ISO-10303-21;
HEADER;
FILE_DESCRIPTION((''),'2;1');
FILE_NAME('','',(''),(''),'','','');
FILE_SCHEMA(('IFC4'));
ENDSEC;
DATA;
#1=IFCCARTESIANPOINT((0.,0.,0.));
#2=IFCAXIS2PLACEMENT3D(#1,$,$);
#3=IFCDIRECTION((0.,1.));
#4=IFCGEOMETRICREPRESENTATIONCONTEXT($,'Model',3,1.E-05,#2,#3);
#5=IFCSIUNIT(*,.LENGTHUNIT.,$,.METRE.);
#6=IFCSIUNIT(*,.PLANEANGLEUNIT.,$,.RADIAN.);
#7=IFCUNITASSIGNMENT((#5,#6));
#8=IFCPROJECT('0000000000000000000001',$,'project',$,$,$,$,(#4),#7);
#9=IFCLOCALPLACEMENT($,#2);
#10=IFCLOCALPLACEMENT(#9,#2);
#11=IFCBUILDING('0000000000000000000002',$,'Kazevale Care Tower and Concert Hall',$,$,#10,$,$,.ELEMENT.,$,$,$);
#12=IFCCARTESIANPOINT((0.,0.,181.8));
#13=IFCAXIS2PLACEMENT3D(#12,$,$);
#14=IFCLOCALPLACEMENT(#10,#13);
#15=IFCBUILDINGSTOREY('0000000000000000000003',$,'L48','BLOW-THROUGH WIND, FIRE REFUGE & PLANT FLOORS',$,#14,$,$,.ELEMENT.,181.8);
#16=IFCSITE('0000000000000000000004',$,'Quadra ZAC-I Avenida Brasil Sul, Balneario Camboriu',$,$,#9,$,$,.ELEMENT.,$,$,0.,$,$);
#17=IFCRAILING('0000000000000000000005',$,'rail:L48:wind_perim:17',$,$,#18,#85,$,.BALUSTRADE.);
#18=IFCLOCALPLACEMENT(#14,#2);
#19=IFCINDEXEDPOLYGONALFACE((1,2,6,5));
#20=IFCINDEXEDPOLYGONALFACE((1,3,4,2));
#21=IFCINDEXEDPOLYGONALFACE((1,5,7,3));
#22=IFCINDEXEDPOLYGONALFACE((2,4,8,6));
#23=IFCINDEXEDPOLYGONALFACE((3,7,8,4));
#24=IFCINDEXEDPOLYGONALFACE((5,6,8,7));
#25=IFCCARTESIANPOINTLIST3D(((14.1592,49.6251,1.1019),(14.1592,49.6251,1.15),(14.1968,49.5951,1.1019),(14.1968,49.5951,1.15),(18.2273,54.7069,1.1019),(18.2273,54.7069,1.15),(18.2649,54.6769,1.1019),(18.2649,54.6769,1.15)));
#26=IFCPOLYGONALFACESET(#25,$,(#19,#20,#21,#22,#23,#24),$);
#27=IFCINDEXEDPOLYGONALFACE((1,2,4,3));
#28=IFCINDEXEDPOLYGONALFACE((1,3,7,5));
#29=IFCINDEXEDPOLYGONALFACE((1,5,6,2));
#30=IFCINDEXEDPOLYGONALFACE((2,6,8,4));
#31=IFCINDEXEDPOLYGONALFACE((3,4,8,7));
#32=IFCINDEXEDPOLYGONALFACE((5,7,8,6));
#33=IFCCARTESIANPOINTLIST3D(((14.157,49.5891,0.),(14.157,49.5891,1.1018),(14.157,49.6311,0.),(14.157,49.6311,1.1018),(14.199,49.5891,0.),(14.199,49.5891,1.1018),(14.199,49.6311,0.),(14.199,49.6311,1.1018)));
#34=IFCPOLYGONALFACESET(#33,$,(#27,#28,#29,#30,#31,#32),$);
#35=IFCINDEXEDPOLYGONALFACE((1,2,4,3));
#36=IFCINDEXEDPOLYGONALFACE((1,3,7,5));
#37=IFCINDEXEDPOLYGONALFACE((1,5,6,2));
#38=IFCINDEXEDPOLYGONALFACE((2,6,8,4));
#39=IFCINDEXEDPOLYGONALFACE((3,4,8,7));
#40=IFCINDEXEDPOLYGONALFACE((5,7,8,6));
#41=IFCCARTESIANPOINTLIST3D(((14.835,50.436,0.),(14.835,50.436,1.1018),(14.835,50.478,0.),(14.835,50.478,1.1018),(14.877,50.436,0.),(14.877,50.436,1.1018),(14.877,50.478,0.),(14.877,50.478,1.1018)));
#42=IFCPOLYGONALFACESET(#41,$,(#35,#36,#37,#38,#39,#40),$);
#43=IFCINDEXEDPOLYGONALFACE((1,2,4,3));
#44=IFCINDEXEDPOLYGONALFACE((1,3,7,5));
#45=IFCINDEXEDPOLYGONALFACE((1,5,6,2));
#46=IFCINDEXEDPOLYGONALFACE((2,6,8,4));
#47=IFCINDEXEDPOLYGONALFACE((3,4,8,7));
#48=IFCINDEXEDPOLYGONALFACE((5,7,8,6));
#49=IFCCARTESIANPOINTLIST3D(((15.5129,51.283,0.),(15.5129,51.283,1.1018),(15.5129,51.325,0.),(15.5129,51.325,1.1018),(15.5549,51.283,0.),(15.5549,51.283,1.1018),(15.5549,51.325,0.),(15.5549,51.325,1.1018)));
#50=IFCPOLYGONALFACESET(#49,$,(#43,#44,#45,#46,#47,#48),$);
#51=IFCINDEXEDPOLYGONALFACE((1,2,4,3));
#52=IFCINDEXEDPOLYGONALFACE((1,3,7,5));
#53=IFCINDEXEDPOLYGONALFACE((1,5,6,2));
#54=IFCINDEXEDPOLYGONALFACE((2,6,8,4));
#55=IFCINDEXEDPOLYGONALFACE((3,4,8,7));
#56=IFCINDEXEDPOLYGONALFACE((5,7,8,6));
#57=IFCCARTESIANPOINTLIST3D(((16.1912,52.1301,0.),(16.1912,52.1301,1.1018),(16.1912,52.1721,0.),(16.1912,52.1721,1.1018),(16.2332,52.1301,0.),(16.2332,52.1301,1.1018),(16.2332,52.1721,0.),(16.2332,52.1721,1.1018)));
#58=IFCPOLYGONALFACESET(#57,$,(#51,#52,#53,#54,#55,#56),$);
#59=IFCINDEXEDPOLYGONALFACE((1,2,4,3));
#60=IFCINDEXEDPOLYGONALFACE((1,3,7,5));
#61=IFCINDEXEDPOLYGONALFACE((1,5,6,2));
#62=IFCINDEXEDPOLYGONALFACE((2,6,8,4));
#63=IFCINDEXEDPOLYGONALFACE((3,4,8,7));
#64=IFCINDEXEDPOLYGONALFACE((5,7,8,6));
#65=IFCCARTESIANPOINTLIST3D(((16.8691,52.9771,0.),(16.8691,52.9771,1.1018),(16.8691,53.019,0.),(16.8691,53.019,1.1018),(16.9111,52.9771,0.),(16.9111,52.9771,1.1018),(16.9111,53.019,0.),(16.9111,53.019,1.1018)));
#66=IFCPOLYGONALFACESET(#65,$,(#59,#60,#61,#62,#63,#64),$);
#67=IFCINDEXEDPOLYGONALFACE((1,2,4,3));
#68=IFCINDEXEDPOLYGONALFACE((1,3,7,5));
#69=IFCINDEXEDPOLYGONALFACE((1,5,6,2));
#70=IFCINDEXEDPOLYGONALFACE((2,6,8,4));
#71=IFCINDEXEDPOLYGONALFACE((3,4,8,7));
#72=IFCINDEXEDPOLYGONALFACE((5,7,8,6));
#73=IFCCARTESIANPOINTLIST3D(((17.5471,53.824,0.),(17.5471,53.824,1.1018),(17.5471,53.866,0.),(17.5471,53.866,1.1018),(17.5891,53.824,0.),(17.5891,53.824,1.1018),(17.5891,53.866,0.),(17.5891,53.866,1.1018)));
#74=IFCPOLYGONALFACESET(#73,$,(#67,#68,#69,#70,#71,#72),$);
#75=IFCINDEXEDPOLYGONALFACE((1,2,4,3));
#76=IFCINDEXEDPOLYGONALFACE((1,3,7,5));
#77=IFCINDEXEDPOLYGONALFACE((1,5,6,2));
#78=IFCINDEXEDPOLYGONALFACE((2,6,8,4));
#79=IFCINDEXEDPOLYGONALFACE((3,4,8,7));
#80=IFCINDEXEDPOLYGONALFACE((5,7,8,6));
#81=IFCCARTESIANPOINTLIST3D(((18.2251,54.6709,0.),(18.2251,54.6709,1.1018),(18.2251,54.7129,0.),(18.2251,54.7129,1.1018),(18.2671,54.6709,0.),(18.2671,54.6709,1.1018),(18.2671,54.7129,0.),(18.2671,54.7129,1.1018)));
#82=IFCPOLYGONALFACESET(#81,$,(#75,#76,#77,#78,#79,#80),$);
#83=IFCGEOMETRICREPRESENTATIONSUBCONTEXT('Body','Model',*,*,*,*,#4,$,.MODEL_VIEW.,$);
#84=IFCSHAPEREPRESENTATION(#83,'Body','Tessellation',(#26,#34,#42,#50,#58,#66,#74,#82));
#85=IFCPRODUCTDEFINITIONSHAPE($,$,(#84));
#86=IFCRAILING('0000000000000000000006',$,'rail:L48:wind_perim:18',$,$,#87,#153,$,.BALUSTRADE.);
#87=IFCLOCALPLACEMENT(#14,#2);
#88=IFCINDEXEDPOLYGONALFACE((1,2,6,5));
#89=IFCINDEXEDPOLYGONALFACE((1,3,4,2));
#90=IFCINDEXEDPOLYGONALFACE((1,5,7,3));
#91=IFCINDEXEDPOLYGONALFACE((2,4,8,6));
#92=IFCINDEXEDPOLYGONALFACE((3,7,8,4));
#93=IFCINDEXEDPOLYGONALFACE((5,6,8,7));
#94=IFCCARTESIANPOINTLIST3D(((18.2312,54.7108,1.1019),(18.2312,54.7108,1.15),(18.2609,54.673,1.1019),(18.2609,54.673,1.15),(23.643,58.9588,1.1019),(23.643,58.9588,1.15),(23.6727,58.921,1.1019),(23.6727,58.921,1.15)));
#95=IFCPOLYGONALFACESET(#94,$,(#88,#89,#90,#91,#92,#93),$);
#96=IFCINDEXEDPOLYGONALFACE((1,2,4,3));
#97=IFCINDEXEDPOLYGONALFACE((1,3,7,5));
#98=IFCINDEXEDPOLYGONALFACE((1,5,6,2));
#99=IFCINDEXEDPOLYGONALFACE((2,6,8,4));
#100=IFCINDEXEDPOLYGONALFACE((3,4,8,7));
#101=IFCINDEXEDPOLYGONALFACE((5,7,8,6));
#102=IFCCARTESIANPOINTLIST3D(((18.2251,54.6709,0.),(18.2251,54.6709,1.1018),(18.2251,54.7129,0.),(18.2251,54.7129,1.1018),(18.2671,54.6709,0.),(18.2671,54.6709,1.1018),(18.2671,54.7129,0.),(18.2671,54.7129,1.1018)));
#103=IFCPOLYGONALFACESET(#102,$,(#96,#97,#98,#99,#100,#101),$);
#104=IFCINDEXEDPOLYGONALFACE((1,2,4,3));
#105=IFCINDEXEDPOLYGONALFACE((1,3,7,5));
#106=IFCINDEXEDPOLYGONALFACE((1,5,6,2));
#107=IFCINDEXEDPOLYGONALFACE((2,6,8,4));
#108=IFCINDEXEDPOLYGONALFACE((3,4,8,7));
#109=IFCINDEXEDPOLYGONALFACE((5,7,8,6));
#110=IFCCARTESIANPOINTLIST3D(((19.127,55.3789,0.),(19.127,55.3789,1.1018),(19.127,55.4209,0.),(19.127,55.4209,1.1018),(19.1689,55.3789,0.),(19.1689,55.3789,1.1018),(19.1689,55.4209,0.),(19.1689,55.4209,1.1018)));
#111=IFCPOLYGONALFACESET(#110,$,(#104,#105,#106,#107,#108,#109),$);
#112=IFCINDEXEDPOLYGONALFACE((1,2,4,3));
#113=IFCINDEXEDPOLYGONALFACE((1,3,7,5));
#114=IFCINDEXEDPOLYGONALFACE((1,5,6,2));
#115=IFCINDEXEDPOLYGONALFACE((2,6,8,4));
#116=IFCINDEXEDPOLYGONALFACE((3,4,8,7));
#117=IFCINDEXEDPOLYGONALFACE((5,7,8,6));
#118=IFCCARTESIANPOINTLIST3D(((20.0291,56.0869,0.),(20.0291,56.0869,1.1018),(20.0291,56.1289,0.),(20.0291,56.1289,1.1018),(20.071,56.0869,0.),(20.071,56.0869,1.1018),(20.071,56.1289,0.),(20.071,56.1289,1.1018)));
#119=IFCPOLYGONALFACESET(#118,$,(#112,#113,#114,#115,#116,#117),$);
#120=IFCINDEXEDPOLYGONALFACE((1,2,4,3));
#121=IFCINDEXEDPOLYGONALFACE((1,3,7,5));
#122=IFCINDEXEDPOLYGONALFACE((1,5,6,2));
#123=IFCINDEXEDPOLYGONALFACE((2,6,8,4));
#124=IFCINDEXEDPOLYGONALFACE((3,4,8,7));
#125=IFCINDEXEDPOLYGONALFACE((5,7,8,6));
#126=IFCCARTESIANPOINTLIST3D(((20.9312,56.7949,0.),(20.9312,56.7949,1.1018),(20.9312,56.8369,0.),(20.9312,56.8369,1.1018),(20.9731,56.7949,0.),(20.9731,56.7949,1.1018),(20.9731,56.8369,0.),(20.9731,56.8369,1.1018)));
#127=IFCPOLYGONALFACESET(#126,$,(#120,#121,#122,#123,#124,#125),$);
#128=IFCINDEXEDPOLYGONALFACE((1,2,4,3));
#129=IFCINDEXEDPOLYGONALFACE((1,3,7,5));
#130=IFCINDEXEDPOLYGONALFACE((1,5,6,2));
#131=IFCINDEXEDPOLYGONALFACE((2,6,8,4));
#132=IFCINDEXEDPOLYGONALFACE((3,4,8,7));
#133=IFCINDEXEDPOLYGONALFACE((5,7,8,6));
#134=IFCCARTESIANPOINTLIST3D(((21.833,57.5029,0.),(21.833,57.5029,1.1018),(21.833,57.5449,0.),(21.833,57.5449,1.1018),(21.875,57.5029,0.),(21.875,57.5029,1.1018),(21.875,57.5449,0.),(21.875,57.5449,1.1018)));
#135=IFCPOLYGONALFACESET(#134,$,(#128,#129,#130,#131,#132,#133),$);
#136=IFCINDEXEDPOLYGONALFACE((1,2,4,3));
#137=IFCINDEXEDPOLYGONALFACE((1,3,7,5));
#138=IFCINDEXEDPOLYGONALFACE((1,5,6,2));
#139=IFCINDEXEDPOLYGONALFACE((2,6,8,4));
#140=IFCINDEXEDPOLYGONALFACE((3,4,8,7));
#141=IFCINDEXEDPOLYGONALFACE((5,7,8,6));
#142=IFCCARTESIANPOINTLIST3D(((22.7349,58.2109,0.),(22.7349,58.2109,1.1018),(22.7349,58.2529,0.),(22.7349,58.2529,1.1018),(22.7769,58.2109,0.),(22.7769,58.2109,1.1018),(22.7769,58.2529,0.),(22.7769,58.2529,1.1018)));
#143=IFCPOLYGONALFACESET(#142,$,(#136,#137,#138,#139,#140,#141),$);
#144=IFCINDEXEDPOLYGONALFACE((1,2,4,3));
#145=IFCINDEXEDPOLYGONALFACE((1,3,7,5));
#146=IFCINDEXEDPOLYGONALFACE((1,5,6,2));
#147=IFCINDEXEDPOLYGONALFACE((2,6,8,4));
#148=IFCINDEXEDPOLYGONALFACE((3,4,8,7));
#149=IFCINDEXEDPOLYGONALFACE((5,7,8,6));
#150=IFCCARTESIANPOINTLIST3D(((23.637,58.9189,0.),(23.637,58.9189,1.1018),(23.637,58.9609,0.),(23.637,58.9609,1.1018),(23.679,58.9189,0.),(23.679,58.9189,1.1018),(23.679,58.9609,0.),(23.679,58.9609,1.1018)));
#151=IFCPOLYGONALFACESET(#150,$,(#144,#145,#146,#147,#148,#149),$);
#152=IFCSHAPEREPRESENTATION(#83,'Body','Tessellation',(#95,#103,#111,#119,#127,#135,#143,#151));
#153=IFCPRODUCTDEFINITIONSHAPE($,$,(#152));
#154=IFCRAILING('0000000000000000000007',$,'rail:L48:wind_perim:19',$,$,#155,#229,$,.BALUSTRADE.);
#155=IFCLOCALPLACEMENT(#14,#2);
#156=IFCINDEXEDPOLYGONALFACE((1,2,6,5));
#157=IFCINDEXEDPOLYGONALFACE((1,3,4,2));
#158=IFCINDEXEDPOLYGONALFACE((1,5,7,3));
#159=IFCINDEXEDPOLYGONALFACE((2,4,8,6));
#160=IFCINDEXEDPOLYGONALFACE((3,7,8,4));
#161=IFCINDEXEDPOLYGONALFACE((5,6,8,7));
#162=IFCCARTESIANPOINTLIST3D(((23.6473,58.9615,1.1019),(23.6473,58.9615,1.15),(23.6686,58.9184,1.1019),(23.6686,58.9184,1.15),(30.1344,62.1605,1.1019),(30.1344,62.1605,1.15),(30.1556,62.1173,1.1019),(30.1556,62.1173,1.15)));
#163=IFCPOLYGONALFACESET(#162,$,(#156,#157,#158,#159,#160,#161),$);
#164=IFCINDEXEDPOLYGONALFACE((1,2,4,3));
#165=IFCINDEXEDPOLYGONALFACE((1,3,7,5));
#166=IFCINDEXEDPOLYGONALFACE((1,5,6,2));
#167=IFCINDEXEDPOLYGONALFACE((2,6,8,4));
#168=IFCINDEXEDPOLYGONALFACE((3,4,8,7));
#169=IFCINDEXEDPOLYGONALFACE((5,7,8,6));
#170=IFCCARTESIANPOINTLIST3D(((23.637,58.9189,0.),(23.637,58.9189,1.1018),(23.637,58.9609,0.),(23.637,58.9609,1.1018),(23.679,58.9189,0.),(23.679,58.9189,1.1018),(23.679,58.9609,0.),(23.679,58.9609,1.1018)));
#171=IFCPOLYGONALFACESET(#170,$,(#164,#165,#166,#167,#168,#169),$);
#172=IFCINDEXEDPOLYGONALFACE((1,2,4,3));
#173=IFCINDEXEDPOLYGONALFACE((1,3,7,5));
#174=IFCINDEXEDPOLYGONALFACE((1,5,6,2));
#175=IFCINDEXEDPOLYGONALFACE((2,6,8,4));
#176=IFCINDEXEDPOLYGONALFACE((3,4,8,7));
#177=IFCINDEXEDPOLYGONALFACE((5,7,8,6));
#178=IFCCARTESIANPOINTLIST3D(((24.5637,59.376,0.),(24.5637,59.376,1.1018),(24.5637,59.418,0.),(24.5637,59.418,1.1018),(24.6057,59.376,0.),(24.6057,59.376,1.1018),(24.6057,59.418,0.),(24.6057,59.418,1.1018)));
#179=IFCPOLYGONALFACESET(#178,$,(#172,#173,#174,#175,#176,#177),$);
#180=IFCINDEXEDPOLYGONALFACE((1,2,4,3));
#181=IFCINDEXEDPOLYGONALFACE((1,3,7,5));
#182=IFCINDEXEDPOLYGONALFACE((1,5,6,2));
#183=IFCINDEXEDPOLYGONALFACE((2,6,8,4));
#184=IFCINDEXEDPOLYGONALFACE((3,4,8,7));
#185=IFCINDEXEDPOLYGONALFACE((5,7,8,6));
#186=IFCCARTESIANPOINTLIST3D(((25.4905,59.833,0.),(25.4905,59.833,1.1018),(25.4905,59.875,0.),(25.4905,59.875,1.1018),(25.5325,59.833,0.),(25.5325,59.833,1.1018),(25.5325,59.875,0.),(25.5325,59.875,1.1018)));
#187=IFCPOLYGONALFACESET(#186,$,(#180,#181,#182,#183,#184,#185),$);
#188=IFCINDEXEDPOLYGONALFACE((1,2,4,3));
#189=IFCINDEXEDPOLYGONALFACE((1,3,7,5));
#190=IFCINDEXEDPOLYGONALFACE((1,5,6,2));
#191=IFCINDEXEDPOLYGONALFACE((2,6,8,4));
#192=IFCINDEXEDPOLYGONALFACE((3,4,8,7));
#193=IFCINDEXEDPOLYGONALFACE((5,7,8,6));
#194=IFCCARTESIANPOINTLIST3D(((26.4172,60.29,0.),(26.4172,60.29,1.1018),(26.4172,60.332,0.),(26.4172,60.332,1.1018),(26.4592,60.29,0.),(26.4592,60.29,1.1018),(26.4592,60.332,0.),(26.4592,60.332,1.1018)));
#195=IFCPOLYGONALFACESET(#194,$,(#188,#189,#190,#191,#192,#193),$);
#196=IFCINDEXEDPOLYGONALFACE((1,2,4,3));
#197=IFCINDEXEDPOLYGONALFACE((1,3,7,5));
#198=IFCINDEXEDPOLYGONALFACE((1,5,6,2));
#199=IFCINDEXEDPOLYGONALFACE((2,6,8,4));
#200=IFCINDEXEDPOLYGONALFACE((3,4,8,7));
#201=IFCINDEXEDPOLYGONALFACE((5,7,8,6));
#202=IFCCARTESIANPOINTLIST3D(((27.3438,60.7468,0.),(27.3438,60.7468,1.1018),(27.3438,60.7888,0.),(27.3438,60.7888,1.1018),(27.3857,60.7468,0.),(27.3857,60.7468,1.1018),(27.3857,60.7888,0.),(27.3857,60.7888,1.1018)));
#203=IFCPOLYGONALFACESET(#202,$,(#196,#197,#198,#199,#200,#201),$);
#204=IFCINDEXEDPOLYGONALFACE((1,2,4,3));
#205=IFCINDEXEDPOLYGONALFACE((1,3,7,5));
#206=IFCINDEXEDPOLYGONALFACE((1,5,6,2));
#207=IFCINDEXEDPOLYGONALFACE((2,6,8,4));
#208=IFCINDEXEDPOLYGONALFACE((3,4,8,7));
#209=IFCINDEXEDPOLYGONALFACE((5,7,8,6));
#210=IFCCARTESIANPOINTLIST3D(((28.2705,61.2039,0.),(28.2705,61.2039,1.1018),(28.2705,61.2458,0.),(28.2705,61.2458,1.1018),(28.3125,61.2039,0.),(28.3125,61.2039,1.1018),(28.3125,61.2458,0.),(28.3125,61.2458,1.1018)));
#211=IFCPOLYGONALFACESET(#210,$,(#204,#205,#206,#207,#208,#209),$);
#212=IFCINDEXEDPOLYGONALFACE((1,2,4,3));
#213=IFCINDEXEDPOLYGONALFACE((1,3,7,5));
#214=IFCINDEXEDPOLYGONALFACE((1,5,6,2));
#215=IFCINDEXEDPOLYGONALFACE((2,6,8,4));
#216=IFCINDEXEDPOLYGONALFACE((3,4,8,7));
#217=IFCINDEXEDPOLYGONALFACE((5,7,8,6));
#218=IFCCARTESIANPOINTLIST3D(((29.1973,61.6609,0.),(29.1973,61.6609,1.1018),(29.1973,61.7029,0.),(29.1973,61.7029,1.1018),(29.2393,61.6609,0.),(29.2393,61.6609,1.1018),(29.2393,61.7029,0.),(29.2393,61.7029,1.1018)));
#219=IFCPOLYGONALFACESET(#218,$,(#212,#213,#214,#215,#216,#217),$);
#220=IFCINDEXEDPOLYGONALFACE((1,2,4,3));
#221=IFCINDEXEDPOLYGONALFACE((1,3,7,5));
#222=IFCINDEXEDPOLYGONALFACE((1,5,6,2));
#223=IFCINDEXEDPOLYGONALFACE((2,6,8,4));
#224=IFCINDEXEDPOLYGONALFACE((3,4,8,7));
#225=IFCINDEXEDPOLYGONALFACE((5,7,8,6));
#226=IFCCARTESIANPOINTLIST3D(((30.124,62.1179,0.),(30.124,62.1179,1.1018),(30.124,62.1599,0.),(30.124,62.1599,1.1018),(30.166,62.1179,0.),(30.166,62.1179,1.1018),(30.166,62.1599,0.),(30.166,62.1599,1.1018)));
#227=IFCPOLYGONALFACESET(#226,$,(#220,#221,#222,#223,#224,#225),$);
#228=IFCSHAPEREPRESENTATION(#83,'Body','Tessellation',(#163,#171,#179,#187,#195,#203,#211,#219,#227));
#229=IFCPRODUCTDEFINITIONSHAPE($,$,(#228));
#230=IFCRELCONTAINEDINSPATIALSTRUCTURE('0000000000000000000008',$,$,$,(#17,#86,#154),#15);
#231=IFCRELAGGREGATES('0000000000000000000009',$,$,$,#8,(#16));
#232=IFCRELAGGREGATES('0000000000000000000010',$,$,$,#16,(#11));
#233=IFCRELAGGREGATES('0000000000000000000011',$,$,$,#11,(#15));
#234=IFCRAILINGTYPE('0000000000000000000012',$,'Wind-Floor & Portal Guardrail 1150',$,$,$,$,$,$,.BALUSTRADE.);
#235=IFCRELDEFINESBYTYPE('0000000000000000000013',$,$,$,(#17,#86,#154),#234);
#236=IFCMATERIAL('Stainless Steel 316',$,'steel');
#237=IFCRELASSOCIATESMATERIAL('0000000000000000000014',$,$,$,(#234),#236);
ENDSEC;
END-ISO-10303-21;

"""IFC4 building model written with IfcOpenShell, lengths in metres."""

from ifc_helpers import new_model, si_unit, direction, frame, origin, origin_2d, place, context, subcontext, project, spatial, rectangle, extrude, material, type_object, element, save


model = new_model("IFC4")

# Units and contexts
model_context = context("Model", 3, precision=1e-05, world=origin(), true_north=direction((0.0, 1.0)))
body_context = subcontext(model_context, "Body", "Model", "MODEL_VIEW")
ifc_project = project(units=[si_unit("LENGTHUNIT", "METRE"), si_unit("PLANEANGLEUNIT", "RADIAN")], contexts=[model_context])

# Site, building, storey
site_placement = place(None, origin())
site = spatial("IfcSite", under=ifc_project, at=site_placement, Name="Quadra ZAC-I Avenida Brasil Sul, Balneario Camboriu", CompositionType="ELEMENT", RefElevation=0.0)
building_placement = place(site_placement, origin())
building = spatial("IfcBuilding", under=site, at=building_placement, Name="Kazevale Care Tower and Concert Hall", CompositionType="ELEMENT")
storey_placement = place(building_placement, frame((0.0, 0.0, 181.8)))
storey = spatial("IfcBuildingStorey", under=building, at=storey_placement, Name="L48", Description="BLOW-THROUGH WIND, FIRE REFUGE & PLANT FLOORS", CompositionType="ELEMENT", Elevation=181.8)

# Railings
ifc_material_1 = material(Name="Stainless Steel 316", Category="steel")
railing_type = type_object("IfcRailingType", Name="Wind-Floor & Portal Guardrail 1150", PredefinedType="BALUSTRADE", material=ifc_material_1)
railing_1_placement = place(storey_placement, frame((14.178, 49.6101, 0.0)))
element("IfcRailing", 1, at=railing_1_placement, inside=storey, type_object=railing_type, Name="rail:L48:wind_perim:17", PredefinedType="BALUSTRADE", context=body_context, shape_type="SweptSolid", body=[
    extrude(rectangle(XDim=0.0481, YDim=0.0481, at=origin_2d()), frame((0.0, 0.0, 1.126), z_axis=(0.624947, 0.780668, 0.0), x_axis=(-0.780668, 0.624947, 0.0)), (0.0, 0.0, 1.0), 6.5095),
    extrude(rectangle(XDim=0.042, YDim=0.042, at=origin_2d()), origin(), (0.0, 0.0, 1.0), 1.1018),
    extrude(rectangle(XDim=0.042, YDim=0.042, at=origin_2d()), frame((0.678, 0.8469, 0.0)), (0.0, 0.0, 1.0), 1.1018),
    extrude(rectangle(XDim=0.042, YDim=0.042, at=origin_2d()), frame((1.356, 1.6938, 0.0)), (0.0, 0.0, 1.0), 1.1018),
    extrude(rectangle(XDim=0.042, YDim=0.042, at=origin_2d()), frame((2.0342, 2.541, 0.0)), (0.0, 0.0, 1.0), 1.1018),
    extrude(rectangle(XDim=0.042, YDim=0.042, at=origin_2d()), frame((2.7122, 3.3879, 0.0)), (0.0, 0.0, 1.0), 1.1018),
    extrude(rectangle(XDim=0.042, YDim=0.042, at=origin_2d()), frame((3.3901, 4.2349, 0.0)), (0.0, 0.0, 1.0), 1.1018),
    extrude(rectangle(XDim=0.042, YDim=0.042, at=origin_2d()), frame((4.0681, 5.0818, 0.0)), (0.0, 0.0, 1.0), 1.1018),
])
railing_2_placement = place(storey_placement, frame((18.2461, 54.6919, 0.0)))
element("IfcRailing", 2, at=railing_2_placement, inside=storey, type_object=railing_type, Name="rail:L48:wind_perim:18", PredefinedType="BALUSTRADE", context=body_context, shape_type="SweptSolid", body=[
    extrude(rectangle(XDim=0.0481, YDim=0.0481, at=origin_2d()), frame((0.0, 0.0, 1.126), z_axis=(0.78661, 0.61745, 0.0), x_axis=(-0.61745, 0.78661, 0.0)), (0.0, 0.0, 1.0), 6.8799),
    extrude(rectangle(XDim=0.042, YDim=0.042, at=origin_2d()), origin(), (0.0, 0.0, 1.0), 1.1018),
    extrude(rectangle(XDim=0.042, YDim=0.042, at=origin_2d()), frame((0.9019, 0.708, 0.0)), (0.0, 0.0, 1.0), 1.1018),
    extrude(rectangle(XDim=0.042, YDim=0.042, at=origin_2d()), frame((1.804, 1.416, 0.0)), (0.0, 0.0, 1.0), 1.1018),
    extrude(rectangle(XDim=0.042, YDim=0.042, at=origin_2d()), frame((2.7061, 2.124, 0.0)), (0.0, 0.0, 1.0), 1.1018),
    extrude(rectangle(XDim=0.042, YDim=0.042, at=origin_2d()), frame((3.6079, 2.832, 0.0)), (0.0, 0.0, 1.0), 1.1018),
    extrude(rectangle(XDim=0.042, YDim=0.042, at=origin_2d()), frame((4.5098, 3.54, 0.0)), (0.0, 0.0, 1.0), 1.1018),
    extrude(rectangle(XDim=0.042, YDim=0.042, at=origin_2d()), frame((5.4119, 4.248, 0.0)), (0.0, 0.0, 1.0), 1.1018),
])
railing_3_placement = place(storey_placement, frame((23.658, 58.9399, 0.0)))
element("IfcRailing", 3, at=railing_3_placement, inside=storey, type_object=railing_type, Name="rail:L48:wind_perim:19", PredefinedType="BALUSTRADE", context=body_context, shape_type="SweptSolid", body=[
    extrude(rectangle(XDim=0.0481, YDim=0.0481, at=origin_2d()), frame((0.0, 0.0, 1.126), z_axis=(0.896878, 0.442279, 0.0), x_axis=(-0.442279, 0.896878, 0.0)), (0.0, 0.0, 1.0), 7.2329),
    extrude(rectangle(XDim=0.042, YDim=0.042, at=origin_2d()), origin(), (0.0, 0.0, 1.0), 1.1018),
    extrude(rectangle(XDim=0.042, YDim=0.042, at=origin_2d()), frame((0.9268, 0.457, 0.0)), (0.0, 0.0, 1.0), 1.1018),
    extrude(rectangle(XDim=0.042, YDim=0.042, at=origin_2d()), frame((1.8535, 0.9141, 0.0)), (0.0, 0.0, 1.0), 1.1018),
    extrude(rectangle(XDim=0.042, YDim=0.042, at=origin_2d()), frame((2.7803, 1.3711, 0.0)), (0.0, 0.0, 1.0), 1.1018),
    extrude(rectangle(XDim=0.042, YDim=0.042, at=origin_2d()), frame((3.7068, 1.8279, 0.0)), (0.0, 0.0, 1.0), 1.1018),
    extrude(rectangle(XDim=0.042, YDim=0.042, at=origin_2d()), frame((4.6335, 2.2849, 0.0)), (0.0, 0.0, 1.0), 1.1018),
    extrude(rectangle(XDim=0.042, YDim=0.042, at=origin_2d()), frame((5.5603, 2.7419, 0.0)), (0.0, 0.0, 1.0), 1.1018),
    extrude(rectangle(XDim=0.042, YDim=0.042, at=origin_2d()), frame((6.4871, 3.199, 0.0)), (0.0, 0.0, 1.0), 1.1018),
])

save(model, "model.ifc")
